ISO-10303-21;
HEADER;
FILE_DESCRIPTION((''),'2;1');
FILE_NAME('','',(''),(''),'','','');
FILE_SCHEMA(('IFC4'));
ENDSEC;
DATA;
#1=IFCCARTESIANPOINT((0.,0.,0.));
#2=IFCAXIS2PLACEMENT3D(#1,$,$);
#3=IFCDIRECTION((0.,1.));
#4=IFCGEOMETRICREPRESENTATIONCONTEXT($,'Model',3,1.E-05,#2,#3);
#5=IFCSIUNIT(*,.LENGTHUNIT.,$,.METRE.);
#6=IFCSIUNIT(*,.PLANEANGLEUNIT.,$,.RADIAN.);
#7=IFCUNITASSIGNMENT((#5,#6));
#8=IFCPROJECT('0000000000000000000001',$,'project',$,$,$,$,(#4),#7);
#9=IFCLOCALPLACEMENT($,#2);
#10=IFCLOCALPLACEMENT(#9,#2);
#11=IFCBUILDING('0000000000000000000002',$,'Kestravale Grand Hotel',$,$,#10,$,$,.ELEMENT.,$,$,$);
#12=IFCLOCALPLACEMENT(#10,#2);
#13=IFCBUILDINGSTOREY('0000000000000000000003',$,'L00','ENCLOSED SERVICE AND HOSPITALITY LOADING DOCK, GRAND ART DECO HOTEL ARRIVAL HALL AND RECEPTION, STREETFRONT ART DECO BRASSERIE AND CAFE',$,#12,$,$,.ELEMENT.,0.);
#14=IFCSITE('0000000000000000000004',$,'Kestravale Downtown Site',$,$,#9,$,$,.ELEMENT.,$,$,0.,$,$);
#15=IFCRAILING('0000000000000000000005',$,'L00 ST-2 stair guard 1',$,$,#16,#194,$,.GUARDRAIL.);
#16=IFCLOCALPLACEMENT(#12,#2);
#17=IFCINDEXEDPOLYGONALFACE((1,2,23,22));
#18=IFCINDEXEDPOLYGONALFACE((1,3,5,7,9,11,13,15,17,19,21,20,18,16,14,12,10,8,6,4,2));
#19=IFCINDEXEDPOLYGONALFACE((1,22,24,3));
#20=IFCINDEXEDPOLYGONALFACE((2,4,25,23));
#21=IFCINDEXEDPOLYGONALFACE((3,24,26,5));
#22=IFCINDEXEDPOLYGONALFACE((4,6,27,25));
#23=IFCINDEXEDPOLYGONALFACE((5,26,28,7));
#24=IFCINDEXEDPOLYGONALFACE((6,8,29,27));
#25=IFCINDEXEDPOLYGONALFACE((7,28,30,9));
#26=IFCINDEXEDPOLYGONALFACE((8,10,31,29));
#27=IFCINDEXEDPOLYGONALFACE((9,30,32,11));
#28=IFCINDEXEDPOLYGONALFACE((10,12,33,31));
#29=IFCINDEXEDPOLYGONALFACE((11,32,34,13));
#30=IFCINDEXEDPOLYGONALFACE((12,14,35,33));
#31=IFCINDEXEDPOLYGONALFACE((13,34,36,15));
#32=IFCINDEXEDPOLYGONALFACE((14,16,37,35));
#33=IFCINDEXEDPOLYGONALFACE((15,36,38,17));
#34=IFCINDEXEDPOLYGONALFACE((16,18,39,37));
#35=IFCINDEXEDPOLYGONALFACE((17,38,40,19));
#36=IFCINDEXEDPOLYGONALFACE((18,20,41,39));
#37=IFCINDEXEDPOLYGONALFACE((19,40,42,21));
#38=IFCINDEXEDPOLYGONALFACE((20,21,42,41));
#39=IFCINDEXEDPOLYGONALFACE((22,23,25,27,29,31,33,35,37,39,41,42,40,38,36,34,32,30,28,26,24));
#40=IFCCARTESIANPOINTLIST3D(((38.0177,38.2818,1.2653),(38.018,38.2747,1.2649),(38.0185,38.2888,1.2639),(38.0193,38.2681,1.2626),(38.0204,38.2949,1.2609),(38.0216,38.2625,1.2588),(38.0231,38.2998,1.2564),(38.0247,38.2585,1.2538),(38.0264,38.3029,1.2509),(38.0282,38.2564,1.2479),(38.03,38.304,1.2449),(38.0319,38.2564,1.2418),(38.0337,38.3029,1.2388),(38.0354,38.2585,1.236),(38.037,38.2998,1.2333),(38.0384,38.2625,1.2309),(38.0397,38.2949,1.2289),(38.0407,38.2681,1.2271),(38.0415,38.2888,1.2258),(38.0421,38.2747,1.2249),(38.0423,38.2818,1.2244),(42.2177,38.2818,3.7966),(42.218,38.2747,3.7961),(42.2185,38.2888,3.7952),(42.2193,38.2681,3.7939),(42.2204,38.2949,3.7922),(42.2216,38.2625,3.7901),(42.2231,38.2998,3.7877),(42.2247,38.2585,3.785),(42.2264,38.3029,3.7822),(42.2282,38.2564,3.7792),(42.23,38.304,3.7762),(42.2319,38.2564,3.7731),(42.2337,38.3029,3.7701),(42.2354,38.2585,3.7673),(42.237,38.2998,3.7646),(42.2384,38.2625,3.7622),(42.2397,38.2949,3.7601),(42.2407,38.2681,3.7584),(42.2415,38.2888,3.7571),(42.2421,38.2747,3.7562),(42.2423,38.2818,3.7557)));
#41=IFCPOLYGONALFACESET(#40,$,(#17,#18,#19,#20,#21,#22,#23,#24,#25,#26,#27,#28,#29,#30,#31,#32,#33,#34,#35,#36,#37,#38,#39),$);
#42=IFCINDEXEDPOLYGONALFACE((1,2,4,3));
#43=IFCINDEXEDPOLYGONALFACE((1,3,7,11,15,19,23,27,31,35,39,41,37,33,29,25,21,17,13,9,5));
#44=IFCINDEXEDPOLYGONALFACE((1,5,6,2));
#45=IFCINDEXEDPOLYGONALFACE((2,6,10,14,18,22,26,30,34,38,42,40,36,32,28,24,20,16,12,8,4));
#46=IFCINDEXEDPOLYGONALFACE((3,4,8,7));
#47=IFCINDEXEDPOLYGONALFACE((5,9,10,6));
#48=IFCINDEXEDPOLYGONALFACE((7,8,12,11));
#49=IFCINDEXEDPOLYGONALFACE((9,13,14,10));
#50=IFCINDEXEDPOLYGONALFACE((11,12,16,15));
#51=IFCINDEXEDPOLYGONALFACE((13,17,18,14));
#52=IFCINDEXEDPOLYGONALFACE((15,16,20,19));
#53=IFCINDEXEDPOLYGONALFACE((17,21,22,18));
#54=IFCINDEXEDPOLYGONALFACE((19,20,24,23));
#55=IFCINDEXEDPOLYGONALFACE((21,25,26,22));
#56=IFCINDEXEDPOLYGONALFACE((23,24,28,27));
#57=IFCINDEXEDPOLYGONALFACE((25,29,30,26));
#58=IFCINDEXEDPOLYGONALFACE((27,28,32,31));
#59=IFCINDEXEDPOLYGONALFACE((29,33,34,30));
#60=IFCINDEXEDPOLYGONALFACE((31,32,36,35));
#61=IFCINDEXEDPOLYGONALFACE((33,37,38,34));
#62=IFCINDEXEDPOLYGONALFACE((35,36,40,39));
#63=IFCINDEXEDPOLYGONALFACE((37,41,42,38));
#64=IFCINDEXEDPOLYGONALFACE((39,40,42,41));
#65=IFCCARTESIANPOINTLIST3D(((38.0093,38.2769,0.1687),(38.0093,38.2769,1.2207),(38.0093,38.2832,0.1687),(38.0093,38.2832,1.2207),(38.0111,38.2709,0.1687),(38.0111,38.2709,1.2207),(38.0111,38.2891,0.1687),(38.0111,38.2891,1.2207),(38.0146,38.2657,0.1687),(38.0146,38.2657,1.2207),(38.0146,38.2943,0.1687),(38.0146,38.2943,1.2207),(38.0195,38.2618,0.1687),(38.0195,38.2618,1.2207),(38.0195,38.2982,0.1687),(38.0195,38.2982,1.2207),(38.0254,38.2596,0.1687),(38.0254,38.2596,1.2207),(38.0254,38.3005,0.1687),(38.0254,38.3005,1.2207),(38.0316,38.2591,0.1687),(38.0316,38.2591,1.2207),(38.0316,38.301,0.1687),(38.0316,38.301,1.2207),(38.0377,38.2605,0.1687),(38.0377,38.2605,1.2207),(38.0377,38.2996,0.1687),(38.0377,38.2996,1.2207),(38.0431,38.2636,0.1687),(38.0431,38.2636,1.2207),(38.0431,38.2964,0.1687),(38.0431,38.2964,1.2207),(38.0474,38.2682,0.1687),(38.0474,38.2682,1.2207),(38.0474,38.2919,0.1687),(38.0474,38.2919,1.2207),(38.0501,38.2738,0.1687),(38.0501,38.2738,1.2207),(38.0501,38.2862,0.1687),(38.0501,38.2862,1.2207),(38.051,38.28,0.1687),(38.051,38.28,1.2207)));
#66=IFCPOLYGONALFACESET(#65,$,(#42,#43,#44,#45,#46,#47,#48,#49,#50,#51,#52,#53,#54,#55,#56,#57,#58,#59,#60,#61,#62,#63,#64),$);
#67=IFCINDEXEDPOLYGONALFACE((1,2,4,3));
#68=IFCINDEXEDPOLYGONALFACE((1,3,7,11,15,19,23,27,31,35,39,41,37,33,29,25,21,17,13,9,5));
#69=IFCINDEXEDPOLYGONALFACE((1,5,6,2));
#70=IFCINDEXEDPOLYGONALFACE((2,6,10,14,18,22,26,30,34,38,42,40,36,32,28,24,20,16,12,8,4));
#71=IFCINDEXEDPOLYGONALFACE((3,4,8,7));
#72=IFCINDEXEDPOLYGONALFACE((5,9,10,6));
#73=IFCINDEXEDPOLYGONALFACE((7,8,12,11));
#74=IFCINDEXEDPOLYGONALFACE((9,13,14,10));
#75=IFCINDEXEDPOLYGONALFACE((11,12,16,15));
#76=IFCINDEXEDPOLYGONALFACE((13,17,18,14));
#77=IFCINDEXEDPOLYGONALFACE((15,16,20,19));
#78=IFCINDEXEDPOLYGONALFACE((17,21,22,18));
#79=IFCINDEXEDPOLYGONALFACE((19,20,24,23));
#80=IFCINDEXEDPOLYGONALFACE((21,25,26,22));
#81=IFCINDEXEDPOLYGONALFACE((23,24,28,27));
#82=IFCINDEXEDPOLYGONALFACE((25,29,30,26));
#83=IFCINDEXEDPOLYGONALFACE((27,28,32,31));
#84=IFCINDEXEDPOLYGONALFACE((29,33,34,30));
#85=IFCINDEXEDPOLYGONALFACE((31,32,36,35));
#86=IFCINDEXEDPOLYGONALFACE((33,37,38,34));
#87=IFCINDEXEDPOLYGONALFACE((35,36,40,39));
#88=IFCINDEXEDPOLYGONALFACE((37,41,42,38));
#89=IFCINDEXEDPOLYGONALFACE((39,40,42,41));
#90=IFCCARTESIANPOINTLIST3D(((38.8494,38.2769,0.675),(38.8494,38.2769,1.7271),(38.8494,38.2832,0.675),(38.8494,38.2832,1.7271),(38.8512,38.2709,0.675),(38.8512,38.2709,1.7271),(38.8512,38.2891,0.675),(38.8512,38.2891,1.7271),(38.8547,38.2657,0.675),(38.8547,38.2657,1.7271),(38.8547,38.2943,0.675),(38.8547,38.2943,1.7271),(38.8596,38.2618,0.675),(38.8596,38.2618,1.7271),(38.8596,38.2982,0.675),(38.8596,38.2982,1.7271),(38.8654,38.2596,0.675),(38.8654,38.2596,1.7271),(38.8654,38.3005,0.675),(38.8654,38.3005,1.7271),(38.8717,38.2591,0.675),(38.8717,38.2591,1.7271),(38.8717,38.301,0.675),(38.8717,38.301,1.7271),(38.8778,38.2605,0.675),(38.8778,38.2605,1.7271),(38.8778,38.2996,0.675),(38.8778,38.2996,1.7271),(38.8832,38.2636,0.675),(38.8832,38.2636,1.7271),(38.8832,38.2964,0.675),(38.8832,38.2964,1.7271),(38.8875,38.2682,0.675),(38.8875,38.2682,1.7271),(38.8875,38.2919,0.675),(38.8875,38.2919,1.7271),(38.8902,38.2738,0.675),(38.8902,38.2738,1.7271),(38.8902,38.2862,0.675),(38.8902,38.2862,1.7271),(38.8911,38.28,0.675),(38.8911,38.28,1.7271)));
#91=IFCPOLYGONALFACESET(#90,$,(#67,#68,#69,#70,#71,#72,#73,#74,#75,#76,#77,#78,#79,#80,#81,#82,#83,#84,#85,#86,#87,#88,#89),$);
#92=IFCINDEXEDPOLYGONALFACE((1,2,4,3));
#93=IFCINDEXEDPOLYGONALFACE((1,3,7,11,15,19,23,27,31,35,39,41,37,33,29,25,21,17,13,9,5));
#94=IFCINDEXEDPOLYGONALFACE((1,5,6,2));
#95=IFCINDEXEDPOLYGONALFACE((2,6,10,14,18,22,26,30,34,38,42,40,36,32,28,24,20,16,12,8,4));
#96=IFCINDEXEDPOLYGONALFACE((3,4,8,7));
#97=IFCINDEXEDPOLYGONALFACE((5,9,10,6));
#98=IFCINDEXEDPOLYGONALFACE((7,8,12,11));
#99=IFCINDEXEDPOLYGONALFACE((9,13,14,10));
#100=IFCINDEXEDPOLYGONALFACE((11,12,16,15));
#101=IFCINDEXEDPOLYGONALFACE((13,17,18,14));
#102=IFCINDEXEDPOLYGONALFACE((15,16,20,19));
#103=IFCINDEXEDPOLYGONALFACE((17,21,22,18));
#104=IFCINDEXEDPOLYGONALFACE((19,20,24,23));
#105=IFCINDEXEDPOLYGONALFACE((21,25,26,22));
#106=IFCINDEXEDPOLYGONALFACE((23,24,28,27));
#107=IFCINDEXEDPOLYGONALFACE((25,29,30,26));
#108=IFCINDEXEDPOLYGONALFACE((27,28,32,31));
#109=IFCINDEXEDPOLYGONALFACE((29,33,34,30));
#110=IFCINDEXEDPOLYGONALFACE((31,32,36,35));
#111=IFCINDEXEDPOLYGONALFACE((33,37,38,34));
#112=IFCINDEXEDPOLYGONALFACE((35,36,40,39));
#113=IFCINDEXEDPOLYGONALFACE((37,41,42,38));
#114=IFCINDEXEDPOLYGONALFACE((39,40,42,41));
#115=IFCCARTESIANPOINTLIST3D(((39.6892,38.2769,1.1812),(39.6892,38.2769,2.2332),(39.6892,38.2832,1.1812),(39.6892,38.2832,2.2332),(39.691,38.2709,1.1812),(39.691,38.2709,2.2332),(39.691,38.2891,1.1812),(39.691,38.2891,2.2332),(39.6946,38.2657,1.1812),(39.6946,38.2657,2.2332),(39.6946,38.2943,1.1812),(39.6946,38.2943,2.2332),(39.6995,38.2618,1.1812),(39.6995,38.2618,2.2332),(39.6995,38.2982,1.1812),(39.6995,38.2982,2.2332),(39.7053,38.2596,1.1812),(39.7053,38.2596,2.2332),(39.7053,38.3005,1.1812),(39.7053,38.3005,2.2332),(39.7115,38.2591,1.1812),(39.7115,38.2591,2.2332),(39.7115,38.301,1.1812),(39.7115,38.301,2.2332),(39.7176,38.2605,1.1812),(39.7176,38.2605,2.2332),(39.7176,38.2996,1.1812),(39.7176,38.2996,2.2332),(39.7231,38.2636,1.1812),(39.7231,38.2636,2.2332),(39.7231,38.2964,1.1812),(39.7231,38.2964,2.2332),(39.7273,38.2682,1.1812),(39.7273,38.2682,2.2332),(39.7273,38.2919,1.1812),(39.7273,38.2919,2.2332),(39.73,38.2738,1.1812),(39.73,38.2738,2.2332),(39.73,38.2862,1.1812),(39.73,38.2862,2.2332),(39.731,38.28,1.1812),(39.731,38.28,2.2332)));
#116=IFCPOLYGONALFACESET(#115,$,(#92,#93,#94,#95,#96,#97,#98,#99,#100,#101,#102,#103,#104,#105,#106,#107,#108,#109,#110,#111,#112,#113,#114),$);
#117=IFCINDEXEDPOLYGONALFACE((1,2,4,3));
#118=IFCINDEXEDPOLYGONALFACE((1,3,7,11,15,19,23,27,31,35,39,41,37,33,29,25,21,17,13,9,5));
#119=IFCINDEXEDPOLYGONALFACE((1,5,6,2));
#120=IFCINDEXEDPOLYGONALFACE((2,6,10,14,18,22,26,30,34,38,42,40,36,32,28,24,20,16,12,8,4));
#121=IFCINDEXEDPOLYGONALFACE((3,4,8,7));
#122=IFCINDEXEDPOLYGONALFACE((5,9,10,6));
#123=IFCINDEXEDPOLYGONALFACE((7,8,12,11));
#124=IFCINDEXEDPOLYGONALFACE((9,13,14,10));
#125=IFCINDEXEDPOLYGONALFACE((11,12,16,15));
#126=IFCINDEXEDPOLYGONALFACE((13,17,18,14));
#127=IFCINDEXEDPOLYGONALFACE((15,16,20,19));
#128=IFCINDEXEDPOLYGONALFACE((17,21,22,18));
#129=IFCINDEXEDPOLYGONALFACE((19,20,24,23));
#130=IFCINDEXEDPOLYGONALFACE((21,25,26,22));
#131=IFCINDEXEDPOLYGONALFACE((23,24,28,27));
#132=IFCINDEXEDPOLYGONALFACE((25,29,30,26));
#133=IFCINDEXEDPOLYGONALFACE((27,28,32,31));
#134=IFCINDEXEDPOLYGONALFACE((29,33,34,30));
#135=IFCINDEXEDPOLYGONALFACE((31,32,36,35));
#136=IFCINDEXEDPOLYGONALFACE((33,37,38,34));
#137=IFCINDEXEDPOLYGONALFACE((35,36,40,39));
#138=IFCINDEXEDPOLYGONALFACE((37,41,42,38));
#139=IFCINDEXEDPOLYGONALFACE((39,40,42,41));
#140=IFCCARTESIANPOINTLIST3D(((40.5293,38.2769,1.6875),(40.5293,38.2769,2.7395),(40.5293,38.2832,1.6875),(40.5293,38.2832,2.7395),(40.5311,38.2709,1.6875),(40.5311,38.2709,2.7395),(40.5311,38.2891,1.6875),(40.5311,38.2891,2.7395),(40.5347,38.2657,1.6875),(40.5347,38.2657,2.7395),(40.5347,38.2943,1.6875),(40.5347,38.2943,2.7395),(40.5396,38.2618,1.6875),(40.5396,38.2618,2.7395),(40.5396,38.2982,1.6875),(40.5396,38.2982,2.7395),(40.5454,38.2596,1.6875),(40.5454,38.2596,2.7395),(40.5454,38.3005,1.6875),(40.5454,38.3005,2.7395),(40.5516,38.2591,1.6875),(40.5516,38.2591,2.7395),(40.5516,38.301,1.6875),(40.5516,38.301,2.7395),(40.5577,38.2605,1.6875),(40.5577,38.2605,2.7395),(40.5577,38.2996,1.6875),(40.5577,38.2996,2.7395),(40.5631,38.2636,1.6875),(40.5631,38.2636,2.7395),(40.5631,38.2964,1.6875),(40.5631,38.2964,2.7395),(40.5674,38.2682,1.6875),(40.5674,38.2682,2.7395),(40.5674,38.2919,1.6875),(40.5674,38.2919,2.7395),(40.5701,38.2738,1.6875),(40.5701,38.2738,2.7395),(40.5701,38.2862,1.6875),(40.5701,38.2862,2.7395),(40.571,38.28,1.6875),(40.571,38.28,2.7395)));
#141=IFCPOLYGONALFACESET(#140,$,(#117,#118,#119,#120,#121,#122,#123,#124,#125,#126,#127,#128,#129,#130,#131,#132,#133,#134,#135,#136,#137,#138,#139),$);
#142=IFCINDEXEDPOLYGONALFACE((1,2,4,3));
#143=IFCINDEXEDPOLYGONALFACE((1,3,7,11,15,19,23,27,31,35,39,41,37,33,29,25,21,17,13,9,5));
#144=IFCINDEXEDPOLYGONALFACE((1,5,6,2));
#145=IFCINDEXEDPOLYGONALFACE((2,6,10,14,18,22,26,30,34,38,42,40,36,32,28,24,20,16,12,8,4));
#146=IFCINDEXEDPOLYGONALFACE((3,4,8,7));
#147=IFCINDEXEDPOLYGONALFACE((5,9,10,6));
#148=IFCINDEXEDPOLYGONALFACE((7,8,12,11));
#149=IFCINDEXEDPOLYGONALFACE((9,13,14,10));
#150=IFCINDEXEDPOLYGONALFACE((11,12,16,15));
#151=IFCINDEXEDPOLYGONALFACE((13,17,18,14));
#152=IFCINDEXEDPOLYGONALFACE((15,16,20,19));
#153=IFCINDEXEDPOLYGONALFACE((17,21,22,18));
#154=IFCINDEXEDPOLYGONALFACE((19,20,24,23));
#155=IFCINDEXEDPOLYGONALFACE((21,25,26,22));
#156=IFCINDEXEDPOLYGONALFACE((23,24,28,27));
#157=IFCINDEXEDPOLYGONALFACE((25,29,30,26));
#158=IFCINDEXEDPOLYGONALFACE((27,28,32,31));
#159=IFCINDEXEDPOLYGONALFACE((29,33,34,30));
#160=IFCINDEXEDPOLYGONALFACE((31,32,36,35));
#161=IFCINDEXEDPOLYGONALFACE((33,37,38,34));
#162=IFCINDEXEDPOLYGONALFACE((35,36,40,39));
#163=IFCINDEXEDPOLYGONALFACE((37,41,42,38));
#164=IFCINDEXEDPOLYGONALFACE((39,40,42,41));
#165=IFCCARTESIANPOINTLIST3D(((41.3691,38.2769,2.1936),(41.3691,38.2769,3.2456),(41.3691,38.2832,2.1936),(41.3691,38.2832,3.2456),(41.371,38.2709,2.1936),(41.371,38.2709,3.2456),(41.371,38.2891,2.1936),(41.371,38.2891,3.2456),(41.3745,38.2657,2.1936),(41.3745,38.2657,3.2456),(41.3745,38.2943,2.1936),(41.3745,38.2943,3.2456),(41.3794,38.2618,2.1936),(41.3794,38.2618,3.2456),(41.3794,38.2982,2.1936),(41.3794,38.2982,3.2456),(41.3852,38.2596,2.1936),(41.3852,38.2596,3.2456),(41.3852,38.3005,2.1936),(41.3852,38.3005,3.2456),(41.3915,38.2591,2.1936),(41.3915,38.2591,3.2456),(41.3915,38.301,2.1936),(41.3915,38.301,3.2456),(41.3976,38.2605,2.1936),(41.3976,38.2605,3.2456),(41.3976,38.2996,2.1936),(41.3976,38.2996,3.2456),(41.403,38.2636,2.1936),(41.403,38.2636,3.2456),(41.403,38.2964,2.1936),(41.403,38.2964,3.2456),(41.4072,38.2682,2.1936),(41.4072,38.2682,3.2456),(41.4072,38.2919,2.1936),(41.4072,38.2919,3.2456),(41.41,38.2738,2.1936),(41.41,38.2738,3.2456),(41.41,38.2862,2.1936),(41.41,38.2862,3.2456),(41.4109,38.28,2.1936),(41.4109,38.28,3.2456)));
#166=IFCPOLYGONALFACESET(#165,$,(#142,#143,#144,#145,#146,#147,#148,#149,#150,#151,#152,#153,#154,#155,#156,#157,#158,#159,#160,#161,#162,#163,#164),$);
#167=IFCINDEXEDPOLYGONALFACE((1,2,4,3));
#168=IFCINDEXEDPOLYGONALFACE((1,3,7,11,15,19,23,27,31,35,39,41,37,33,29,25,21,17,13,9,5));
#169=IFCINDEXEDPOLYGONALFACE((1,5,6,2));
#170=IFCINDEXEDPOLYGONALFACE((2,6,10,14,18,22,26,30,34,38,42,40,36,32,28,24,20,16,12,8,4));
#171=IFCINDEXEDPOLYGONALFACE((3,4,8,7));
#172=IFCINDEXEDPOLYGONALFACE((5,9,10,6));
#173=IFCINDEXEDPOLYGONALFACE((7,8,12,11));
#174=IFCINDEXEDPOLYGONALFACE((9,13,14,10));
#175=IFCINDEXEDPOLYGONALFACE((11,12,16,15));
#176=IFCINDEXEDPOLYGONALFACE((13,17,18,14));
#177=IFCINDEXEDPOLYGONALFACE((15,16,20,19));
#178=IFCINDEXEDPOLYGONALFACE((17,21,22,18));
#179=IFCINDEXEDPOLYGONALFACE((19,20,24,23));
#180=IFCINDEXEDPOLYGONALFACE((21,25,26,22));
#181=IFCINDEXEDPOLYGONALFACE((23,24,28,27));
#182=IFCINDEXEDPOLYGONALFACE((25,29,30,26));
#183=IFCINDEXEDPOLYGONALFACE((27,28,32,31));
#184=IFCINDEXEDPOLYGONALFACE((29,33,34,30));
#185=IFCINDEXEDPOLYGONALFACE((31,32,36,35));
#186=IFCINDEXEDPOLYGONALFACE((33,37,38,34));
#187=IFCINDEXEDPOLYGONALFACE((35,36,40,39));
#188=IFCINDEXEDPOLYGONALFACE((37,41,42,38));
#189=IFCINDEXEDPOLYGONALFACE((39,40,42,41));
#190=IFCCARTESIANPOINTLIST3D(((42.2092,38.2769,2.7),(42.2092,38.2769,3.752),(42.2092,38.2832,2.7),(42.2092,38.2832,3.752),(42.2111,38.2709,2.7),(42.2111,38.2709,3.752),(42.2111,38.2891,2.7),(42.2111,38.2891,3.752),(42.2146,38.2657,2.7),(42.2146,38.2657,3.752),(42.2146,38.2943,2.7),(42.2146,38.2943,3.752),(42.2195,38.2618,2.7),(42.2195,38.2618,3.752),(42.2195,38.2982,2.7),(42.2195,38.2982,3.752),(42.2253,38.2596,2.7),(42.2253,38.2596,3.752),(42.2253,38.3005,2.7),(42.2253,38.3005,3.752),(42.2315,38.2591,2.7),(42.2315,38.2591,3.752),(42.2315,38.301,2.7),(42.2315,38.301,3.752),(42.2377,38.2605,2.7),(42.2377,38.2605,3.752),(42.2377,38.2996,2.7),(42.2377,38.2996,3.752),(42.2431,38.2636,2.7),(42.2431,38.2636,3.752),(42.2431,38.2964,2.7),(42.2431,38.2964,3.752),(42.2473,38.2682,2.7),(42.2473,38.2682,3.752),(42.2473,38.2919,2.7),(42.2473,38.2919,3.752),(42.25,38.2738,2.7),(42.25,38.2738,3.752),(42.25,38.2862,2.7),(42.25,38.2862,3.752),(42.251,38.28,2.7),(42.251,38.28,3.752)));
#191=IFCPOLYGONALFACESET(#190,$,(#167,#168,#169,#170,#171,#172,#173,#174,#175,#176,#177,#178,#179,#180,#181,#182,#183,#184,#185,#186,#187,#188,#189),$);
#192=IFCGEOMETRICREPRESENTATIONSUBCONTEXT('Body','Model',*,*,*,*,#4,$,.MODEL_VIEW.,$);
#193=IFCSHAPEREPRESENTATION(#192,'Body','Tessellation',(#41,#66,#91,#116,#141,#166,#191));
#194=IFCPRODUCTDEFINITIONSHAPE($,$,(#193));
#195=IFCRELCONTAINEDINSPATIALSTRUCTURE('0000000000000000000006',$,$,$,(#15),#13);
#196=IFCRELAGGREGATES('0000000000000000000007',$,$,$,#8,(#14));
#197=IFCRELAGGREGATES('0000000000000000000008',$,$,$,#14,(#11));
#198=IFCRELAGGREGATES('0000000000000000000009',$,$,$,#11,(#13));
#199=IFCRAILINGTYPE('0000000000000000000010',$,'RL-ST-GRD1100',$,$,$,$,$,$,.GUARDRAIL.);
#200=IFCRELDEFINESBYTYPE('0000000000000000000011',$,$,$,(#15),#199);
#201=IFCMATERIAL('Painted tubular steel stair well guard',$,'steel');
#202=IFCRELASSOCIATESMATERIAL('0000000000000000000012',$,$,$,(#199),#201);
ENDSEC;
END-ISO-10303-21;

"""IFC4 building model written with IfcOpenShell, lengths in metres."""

from ifc_helpers import new_model, si_unit, direction, frame, origin, origin_2d, place, context, subcontext, project, spatial, circle, extrude, material, type_object, element, save


model = new_model("IFC4")

# Units and contexts
model_context = context("Model", 3, precision=1e-05, world=origin(), true_north=direction((0.0, 1.0)))
body_context = subcontext(model_context, "Body", "Model", "MODEL_VIEW")
ifc_project = project(units=[si_unit("LENGTHUNIT", "METRE"), si_unit("PLANEANGLEUNIT", "RADIAN")], contexts=[model_context])

# Site, building, storey
site_placement = place(None, origin())
site = spatial("IfcSite", under=ifc_project, at=site_placement, Name="Kestravale Downtown Site", CompositionType="ELEMENT", RefElevation=0.0)
building_placement = place(site_placement, origin())
building = spatial("IfcBuilding", under=site, at=building_placement, Name="Kestravale Grand Hotel", CompositionType="ELEMENT")
storey_placement = place(building_placement, origin())
storey = spatial("IfcBuildingStorey", under=building, at=storey_placement, Name="L00", Description="ENCLOSED SERVICE AND HOSPITALITY LOADING DOCK, GRAND ART DECO HOTEL ARRIVAL HALL AND RECEPTION, STREETFRONT ART DECO BRASSERIE AND CAFE", CompositionType="ELEMENT", Elevation=0.0)

# Railing
ifc_material_1 = material(Name="Painted tubular steel stair well guard", Category="steel")
railing_type_1 = type_object("IfcRailingType", Name="RL-ST-GRD1100", PredefinedType="GUARDRAIL", material=ifc_material_1)
railing_1_placement = place(storey_placement, frame((38.03, 38.28, 0.1687)))
element("IfcRailing", 1, at=railing_1_placement, inside=storey, type_object=railing_type_1, Name="L00 ST-2 stair guard 1", PredefinedType="GUARDRAIL", context=body_context, shape_type="SweptSolid", body=[
    extrude(circle(Radius=0.0239, at=origin_2d()), frame((0.0, 0.0, 1.0762), z_axis=(0.856476, 0.0, 0.516186), x_axis=(0.0, 1.0, 0.0)), (0.0, 0.0, 1.0), 4.9038),
    extrude(circle(Radius=0.021, at=origin_2d()), origin(), (0.0, 0.0, 1.0), 1.052),
    extrude(circle(Radius=0.021, at=origin_2d()), frame((0.8401, 0.0, 0.5063)), (0.0, 0.0, 1.0), 1.052),
    extrude(circle(Radius=0.021, at=origin_2d()), frame((1.6799, 0.0, 1.0125)), (0.0, 0.0, 1.0), 1.052),
    extrude(circle(Radius=0.021, at=origin_2d()), frame((2.52, 0.0, 1.5188)), (0.0, 0.0, 1.0), 1.052),
    extrude(circle(Radius=0.021, at=origin_2d()), frame((3.3599, 0.0, 2.0249)), (0.0, 0.0, 1.0), 1.052),
    extrude(circle(Radius=0.021, at=origin_2d()), frame((4.2, 0.0, 2.5312)), (0.0, 0.0, 1.0), 1.052),
])

save(model, "model.ifc")
